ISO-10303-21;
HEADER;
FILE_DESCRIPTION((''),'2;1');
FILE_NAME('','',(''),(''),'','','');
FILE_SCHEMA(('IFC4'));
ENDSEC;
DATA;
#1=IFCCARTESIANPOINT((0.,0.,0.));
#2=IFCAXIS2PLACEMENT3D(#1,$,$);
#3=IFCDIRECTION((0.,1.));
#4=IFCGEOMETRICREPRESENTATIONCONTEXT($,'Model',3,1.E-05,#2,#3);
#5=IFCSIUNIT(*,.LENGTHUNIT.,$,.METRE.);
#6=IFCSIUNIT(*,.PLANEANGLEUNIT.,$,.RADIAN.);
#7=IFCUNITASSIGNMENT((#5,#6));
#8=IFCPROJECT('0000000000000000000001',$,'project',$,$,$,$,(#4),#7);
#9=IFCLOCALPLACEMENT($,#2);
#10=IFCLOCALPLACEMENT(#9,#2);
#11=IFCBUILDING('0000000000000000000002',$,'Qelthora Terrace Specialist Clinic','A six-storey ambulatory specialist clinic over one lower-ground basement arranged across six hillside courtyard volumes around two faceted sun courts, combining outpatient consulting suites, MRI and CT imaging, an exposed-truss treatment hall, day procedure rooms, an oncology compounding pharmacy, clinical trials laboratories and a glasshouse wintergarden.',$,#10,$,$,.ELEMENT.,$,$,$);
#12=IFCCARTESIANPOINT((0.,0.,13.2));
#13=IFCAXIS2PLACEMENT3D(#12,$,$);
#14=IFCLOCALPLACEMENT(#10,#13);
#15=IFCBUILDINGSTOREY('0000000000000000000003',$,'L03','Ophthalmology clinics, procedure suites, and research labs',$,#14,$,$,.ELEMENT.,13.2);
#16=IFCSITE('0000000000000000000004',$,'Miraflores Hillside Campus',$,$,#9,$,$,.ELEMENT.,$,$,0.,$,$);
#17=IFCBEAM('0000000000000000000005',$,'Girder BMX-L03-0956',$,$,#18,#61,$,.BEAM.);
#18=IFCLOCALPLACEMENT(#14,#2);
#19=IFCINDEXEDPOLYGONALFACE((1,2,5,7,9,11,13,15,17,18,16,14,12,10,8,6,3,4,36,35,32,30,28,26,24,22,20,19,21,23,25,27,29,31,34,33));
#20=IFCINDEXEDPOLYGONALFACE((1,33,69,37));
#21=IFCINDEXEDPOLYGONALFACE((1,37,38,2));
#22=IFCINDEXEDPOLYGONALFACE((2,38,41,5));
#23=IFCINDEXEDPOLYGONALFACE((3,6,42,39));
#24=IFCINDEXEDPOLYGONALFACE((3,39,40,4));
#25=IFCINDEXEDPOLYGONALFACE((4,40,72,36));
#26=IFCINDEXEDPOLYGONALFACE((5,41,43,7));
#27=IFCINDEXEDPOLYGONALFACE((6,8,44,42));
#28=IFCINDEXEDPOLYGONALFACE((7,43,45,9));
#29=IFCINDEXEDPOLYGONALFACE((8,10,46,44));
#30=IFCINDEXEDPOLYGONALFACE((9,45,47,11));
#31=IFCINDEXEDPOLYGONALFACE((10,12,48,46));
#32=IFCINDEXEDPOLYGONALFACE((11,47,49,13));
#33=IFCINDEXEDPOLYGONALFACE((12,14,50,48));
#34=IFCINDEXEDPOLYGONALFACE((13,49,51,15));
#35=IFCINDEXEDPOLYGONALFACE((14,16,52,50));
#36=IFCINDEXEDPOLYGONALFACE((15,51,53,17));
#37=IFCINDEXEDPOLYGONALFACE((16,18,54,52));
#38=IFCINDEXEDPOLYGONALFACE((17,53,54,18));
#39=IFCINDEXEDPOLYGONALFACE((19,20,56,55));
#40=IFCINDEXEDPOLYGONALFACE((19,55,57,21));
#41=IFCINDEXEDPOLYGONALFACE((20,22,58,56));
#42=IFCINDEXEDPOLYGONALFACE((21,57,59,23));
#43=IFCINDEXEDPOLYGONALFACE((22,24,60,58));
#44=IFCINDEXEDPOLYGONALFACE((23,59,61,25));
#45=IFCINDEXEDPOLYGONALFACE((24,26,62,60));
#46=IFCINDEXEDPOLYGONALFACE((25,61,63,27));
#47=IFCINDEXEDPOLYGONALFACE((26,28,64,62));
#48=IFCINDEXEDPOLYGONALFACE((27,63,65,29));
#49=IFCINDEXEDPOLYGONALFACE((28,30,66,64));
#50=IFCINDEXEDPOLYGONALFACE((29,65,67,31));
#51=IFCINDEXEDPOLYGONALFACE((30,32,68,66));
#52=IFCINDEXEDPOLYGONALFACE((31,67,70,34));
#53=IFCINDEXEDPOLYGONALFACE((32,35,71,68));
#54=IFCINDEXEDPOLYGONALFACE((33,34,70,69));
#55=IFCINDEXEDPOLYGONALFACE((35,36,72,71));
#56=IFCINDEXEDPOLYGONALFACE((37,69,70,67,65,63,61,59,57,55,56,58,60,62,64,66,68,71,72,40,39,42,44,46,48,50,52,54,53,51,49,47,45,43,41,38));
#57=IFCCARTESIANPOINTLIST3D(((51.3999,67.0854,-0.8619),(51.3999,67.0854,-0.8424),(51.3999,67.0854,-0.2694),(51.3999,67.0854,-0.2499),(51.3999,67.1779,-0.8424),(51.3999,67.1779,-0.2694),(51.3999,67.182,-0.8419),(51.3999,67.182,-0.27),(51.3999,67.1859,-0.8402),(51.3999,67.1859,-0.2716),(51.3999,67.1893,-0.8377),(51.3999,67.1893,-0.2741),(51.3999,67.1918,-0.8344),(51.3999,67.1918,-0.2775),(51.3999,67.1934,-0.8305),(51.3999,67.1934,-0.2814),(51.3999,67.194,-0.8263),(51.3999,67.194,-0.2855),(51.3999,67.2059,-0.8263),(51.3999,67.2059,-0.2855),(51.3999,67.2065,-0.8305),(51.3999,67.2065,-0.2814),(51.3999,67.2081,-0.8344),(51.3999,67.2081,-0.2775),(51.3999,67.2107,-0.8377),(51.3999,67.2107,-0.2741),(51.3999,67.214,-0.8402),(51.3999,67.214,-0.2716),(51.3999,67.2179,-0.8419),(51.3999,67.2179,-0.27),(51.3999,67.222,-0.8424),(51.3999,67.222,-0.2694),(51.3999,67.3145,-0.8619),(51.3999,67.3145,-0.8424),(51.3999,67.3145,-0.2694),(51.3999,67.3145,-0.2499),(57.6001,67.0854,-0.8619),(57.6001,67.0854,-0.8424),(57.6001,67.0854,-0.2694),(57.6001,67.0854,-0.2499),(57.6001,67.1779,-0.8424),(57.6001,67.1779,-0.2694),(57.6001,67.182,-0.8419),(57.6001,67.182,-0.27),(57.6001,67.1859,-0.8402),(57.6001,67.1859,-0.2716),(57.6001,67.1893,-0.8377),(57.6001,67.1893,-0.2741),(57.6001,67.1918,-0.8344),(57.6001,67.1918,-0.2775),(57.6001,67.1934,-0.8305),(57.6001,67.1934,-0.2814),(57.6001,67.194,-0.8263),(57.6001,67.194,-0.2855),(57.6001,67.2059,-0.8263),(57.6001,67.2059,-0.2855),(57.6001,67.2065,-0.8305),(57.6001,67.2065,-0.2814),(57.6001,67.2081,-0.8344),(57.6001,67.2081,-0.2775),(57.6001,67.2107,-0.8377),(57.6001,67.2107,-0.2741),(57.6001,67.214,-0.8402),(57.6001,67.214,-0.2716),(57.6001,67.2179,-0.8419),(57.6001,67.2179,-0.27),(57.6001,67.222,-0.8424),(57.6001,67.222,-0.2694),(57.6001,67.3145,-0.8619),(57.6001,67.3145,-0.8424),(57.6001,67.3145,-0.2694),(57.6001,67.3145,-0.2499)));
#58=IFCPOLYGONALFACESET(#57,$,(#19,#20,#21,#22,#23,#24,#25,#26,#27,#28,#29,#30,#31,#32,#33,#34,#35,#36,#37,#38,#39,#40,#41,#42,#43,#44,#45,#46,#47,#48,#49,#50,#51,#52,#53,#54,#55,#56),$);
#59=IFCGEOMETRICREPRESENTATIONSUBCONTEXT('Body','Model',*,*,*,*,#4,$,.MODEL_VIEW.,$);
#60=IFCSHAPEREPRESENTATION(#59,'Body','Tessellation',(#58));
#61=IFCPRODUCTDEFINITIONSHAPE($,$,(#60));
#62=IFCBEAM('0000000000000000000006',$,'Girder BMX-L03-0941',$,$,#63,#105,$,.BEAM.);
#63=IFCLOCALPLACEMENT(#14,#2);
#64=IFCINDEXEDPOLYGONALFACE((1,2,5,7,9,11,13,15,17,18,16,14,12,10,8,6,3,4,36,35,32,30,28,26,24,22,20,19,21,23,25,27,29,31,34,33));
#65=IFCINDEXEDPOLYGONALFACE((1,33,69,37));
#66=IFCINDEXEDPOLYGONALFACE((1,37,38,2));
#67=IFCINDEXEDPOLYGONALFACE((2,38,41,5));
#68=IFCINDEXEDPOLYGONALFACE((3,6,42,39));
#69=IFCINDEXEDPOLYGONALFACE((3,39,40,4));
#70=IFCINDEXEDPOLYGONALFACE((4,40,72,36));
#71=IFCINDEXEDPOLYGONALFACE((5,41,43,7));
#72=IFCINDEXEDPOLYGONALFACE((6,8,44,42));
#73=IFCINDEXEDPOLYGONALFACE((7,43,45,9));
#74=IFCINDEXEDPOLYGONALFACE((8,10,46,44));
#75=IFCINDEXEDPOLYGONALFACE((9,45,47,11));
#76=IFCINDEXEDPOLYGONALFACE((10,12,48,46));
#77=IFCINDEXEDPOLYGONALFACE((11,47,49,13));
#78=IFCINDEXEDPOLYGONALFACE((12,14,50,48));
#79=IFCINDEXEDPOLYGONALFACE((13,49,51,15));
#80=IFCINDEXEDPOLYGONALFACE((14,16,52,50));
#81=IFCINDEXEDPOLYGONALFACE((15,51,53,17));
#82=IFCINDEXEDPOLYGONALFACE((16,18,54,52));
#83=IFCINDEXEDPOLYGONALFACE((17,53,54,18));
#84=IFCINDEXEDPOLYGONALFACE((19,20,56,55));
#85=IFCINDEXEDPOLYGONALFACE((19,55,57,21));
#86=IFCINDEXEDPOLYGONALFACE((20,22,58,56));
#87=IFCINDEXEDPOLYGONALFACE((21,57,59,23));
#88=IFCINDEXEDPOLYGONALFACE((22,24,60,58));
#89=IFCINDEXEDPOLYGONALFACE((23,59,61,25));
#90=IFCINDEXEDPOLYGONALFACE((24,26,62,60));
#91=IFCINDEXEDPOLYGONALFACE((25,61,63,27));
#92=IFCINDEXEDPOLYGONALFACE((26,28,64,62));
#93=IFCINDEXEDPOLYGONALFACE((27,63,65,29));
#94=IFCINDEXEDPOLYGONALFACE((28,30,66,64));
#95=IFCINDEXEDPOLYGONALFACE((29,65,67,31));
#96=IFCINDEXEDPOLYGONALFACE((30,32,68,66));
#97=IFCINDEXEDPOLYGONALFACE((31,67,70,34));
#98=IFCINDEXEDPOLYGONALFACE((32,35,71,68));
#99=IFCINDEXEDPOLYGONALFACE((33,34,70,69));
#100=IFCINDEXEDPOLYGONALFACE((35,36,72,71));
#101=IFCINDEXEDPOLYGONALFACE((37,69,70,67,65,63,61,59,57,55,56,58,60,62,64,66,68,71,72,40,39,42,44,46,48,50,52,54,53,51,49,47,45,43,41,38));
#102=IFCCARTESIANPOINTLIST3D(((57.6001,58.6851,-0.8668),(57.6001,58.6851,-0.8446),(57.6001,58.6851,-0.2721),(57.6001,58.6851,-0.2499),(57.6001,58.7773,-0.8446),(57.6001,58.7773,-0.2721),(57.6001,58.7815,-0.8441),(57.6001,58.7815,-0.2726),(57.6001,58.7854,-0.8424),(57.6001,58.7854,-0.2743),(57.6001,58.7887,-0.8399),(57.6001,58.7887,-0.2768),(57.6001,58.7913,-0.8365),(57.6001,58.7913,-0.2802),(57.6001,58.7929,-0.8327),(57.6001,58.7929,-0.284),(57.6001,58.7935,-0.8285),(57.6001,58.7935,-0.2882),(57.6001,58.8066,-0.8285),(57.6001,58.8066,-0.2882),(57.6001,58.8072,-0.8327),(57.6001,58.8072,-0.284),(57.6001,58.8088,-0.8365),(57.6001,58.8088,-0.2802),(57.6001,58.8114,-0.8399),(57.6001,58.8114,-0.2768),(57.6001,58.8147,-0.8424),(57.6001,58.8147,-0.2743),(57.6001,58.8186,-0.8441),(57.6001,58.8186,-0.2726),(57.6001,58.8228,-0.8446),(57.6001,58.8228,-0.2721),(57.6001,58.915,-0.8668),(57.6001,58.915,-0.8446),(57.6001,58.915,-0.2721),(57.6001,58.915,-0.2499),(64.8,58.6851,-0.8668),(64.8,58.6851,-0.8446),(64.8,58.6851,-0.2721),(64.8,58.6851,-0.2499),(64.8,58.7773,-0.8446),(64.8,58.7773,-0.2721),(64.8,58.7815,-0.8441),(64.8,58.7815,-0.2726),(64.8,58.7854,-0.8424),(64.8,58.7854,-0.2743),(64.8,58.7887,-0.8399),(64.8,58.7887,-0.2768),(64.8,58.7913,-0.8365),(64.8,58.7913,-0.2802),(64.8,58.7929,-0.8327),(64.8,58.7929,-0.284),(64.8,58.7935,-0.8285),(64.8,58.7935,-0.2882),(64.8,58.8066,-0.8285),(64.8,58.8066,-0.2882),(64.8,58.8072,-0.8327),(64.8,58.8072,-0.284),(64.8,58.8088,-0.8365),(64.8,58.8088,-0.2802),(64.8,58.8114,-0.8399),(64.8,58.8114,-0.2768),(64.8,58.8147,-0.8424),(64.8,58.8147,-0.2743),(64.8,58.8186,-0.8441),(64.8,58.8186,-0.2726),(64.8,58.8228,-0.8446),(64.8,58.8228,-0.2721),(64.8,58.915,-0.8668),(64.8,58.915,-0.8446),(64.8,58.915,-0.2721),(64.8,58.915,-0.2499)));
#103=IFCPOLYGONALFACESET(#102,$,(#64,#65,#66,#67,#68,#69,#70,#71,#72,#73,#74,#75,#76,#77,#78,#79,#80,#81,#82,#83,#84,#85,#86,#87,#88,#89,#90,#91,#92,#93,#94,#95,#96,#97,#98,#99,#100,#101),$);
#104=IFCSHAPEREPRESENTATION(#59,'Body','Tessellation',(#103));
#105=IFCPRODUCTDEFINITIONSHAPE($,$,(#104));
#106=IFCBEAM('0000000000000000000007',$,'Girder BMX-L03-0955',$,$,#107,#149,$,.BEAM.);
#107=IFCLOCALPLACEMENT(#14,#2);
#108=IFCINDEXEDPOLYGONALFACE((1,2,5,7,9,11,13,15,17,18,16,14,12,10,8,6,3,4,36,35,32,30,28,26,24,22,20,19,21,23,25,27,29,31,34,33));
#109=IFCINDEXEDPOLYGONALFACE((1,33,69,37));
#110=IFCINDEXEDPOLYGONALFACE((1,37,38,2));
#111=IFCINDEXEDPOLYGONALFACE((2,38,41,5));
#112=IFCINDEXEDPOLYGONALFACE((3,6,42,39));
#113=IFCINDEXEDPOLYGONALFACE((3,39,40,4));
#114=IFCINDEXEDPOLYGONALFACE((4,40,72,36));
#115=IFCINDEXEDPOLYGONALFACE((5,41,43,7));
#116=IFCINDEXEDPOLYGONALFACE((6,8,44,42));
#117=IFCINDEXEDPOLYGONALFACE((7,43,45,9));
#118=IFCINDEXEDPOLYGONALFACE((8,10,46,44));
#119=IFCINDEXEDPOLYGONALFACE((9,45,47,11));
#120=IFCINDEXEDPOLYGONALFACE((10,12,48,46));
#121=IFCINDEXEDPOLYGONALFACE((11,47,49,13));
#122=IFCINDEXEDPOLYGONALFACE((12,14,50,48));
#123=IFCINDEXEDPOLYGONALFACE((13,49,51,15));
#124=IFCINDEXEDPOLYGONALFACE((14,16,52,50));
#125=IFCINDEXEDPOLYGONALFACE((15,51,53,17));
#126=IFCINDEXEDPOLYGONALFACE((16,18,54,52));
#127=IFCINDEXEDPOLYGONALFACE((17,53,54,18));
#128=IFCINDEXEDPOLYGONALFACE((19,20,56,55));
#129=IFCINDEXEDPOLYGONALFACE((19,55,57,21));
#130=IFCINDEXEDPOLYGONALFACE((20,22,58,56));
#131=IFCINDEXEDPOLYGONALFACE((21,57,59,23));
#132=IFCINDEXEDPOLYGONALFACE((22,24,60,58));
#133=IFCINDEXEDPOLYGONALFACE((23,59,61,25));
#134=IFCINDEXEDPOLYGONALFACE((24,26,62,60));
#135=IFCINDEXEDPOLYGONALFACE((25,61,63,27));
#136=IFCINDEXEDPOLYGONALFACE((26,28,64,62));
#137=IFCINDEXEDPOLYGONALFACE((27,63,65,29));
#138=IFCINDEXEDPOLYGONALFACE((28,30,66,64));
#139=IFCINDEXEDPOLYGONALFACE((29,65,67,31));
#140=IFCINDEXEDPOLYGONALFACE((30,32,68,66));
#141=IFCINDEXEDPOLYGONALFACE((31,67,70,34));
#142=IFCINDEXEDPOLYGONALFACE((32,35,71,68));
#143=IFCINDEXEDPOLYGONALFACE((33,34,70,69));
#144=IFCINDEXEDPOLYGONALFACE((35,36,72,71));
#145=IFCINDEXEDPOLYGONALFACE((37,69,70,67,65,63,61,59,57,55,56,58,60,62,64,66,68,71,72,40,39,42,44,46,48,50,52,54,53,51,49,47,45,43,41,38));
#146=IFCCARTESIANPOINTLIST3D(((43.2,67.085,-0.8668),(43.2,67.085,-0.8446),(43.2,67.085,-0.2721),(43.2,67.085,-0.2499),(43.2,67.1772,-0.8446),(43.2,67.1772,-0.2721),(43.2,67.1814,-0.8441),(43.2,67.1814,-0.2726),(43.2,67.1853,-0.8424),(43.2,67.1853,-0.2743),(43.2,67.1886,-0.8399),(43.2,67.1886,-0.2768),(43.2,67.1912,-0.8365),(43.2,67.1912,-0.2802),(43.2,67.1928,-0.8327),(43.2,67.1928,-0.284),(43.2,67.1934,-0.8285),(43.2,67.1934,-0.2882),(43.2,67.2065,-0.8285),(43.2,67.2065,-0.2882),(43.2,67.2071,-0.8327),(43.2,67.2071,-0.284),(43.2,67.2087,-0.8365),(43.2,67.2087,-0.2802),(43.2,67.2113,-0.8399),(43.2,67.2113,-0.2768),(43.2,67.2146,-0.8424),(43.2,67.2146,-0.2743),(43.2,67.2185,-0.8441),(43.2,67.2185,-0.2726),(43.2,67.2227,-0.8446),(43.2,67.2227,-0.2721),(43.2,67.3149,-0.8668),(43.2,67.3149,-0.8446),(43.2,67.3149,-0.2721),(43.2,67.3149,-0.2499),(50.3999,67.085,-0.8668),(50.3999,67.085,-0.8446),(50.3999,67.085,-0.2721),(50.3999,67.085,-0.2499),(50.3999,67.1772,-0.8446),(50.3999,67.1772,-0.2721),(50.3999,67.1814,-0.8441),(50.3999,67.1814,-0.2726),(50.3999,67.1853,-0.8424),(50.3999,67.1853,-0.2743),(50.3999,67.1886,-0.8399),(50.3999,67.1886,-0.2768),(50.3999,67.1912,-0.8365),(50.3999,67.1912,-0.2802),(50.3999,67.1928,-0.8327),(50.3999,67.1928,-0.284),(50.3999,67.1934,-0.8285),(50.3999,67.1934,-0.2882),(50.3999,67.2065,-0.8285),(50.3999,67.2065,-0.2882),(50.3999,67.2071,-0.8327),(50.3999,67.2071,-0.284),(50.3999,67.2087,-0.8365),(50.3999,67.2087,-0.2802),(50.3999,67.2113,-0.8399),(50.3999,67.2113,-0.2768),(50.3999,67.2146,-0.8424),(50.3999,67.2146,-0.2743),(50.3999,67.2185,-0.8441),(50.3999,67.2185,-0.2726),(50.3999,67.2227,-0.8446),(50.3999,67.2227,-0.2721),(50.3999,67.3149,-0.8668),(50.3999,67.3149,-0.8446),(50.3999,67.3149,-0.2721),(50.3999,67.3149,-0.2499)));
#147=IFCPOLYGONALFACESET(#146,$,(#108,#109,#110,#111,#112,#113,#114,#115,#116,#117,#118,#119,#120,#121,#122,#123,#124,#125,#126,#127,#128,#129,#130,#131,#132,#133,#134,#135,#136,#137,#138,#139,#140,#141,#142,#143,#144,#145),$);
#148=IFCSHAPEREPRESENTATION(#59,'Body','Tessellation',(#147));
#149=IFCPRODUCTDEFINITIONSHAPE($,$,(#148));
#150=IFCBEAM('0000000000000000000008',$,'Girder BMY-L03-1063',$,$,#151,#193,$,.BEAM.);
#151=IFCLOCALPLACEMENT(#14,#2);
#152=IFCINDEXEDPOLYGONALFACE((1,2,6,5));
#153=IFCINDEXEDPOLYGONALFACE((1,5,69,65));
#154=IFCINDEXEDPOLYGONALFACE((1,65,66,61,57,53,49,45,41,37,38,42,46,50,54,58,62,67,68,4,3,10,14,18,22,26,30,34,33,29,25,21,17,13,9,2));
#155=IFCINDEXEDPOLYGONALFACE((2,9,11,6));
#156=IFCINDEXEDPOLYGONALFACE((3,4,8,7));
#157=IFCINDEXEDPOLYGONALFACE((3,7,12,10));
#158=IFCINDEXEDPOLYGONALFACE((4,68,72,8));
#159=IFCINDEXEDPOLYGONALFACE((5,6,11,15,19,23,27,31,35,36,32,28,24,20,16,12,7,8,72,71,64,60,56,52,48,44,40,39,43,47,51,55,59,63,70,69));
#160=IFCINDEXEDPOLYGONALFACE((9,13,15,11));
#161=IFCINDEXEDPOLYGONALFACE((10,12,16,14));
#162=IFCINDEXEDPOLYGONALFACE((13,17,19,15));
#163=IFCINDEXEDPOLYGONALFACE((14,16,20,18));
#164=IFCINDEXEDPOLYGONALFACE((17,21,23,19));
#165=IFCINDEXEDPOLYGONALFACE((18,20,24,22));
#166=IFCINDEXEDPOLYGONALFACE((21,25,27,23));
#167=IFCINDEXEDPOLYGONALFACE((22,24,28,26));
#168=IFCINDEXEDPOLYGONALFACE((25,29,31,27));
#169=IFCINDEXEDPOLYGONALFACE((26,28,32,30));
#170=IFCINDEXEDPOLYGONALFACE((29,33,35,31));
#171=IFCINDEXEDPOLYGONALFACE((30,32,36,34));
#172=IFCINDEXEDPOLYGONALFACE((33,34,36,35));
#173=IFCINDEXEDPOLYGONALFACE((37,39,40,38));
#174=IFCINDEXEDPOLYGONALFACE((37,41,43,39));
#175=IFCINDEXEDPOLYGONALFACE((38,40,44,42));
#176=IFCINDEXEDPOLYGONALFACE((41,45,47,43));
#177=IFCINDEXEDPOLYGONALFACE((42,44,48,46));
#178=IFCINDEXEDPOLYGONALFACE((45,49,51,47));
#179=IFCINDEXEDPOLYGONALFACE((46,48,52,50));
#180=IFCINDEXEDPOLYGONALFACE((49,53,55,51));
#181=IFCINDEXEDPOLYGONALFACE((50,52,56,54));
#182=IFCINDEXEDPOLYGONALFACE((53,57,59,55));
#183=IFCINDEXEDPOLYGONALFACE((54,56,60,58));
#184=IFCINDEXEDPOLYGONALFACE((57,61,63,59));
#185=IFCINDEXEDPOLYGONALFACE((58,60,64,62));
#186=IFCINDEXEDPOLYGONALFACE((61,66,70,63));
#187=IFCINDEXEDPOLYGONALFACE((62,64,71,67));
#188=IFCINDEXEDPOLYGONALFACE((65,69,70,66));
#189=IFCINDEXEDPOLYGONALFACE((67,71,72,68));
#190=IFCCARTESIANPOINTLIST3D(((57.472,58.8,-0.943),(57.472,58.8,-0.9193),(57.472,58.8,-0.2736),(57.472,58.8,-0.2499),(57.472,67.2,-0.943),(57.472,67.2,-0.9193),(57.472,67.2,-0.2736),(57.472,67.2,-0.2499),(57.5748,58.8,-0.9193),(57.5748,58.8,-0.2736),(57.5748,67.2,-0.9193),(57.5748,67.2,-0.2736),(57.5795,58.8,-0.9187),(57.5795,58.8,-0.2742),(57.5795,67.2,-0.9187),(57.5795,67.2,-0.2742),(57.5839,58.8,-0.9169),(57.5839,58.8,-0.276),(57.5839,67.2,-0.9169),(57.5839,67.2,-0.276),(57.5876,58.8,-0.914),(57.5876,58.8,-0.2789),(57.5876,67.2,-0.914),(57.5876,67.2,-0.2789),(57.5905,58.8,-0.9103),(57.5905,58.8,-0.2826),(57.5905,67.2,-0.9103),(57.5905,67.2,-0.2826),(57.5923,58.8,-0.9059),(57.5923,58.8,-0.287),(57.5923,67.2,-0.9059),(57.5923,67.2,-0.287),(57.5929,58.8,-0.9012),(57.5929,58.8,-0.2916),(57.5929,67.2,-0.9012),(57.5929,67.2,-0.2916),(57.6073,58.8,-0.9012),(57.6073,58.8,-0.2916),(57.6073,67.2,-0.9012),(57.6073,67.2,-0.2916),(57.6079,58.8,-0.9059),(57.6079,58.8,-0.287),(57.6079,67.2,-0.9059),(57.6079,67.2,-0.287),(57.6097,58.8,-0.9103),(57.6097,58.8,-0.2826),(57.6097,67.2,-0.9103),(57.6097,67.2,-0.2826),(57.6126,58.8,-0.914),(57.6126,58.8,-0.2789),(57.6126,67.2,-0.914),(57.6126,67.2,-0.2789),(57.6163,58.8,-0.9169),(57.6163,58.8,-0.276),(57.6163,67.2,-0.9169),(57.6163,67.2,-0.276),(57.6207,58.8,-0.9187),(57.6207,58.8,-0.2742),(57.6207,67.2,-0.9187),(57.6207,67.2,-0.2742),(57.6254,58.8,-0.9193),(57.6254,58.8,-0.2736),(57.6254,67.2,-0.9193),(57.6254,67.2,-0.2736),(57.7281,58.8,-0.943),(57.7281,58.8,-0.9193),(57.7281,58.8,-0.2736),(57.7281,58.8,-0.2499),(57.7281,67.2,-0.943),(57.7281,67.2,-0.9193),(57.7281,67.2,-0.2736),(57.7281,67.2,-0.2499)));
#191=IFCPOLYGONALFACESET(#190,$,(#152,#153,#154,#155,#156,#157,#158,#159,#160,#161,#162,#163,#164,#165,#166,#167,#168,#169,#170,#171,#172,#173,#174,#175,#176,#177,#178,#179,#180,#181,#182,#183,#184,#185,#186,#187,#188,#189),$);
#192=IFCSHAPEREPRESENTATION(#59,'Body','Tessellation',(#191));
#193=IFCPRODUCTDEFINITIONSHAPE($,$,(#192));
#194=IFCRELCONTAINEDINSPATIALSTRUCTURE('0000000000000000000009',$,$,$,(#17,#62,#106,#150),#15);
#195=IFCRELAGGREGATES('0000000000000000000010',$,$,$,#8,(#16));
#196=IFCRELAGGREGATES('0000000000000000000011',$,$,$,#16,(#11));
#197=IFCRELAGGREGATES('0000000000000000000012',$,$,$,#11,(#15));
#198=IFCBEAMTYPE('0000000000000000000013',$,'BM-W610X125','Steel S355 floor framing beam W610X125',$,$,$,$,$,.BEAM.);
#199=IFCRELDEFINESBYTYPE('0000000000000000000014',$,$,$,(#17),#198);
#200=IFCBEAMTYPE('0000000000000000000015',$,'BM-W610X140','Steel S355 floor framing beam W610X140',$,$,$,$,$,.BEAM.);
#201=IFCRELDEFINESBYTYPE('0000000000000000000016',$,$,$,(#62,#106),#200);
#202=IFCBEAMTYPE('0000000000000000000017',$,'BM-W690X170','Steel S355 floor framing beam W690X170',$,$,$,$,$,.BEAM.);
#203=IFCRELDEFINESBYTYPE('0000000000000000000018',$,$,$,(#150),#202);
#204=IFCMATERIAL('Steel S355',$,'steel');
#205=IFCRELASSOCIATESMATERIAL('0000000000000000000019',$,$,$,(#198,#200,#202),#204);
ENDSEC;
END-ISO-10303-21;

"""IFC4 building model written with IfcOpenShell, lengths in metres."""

from ifc_helpers import new_model, si_unit, direction, frame, origin, origin_2d, place, context, subcontext, project, spatial, i_section, extrude, material, material_profile, profile_set, type_object, element, save


model = new_model("IFC4")

# Units and contexts
model_context = context("Model", 3, precision=1e-05, world=origin(), true_north=direction((0.0, 1.0)))
body_context = subcontext(model_context, "Body", "Model", "MODEL_VIEW")
ifc_project = project(units=[si_unit("LENGTHUNIT", "METRE"), si_unit("PLANEANGLEUNIT", "RADIAN")], contexts=[model_context])

# Site, building, storey
site_placement = place(None, origin())
site = spatial("IfcSite", under=ifc_project, at=site_placement, Name="Miraflores Hillside Campus", CompositionType="ELEMENT", RefElevation=0.0)
building_placement = place(site_placement, origin())
building = spatial("IfcBuilding", under=site, at=building_placement, Name="Qelthora Terrace Specialist Clinic", Description="A six-storey ambulatory specialist clinic over one lower-ground basement arranged across six hillside courtyard volumes around two faceted sun courts, combining outpatient consulting suites, MRI and CT imaging, an exposed-truss treatment hall, day procedure rooms, an oncology compounding pharmacy, clinical trials laboratories and a glasshouse wintergarden.", CompositionType="ELEMENT")
storey_placement = place(building_placement, frame((0.0, 0.0, 13.2)))
storey = spatial("IfcBuildingStorey", under=building, at=storey_placement, Name="L03", Description="Ophthalmology clinics, procedure suites, and research labs", CompositionType="ELEMENT", Elevation=13.2)

# Shared definitions
ifc_material_1 = material(Name="Steel S355", Category="steel")

# Beams
ifc_material_profile_1 = material_profile(ifc_material_1, i_section(OverallWidth=0.229, OverallDepth=0.6121, WebThickness=0.012, FlangeThickness=0.0195, FilletRadius=0.0161, at=origin_2d()), Name="W610X125")
ifc_profile_set_1 = profile_set([ifc_material_profile_1], Name="Steel S355")
beam_type_1 = type_object("IfcBeamType", Name="BM-W610X125", Description="Steel S355 floor framing beam W610X125", PredefinedType="BEAM", material=ifc_profile_set_1)
beam_1_placement = place(storey_placement, frame((51.3999, 67.2, -0.5559), z_axis=(1.0, 0.0, 0.0), x_axis=(0.0, 1.0, 0.0)))
element("IfcBeam", 1, at=beam_1_placement, inside=storey, type_object=beam_type_1, Name="Girder BMX-L03-0956", PredefinedType="BEAM", context=body_context, shape_type="SweptSolid", body=[
    extrude(i_section(OverallWidth=0.229, OverallDepth=0.6121, WebThickness=0.012, FlangeThickness=0.0195, FilletRadius=0.0161, at=origin_2d()), origin(), (0.0, 0.0, 1.0), 6.2002),
])
ifc_material_profile_2 = material_profile(ifc_material_1, i_section(OverallWidth=0.23, OverallDepth=0.6169, WebThickness=0.0132, FlangeThickness=0.0222, FilletRadius=0.0161, at=origin_2d()), Name="W610X140")
ifc_profile_set_2 = profile_set([ifc_material_profile_2], Name="Steel S355")
beam_type_2 = type_object("IfcBeamType", Name="BM-W610X140", Description="Steel S355 floor framing beam W610X140", PredefinedType="BEAM", material=ifc_profile_set_2)
for number, where, z_axis, x_axis, name in (
    (2, (57.6001, 58.8, -0.5583), (1.0, 0.0, 0.0), (0.0, 1.0, 0.0), "Girder BMX-L03-0941"),
    (3, (43.2, 67.2, -0.5583), (1.0, 0.0, 0.0), (0.0, 1.0, 0.0), "Girder BMX-L03-0955"),
):
    element("IfcBeam", number, at=place(storey_placement, frame(where, z_axis=z_axis, x_axis=x_axis)), inside=storey, type_object=beam_type_2, Name=name, PredefinedType="BEAM", context=body_context, shape_type="SweptSolid", body=[
        extrude(i_section(OverallWidth=0.23, OverallDepth=0.6169, WebThickness=0.0132, FlangeThickness=0.0222, FilletRadius=0.0161, at=origin_2d()), origin(), (0.0, 0.0, 1.0), 7.2),
    ])
ifc_material_profile_3 = material_profile(ifc_material_1, i_section(OverallWidth=0.2561, OverallDepth=0.6931, WebThickness=0.0144, FlangeThickness=0.0237, FilletRadius=0.0181, at=origin_2d()), Name="W690X170")
ifc_profile_set_3 = profile_set([ifc_material_profile_3], Name="Steel S355")
beam_type_3 = type_object("IfcBeamType", Name="BM-W690X170", Description="Steel S355 floor framing beam W690X170", PredefinedType="BEAM", material=ifc_profile_set_3)
beam_2_placement = place(storey_placement, frame((57.6001, 58.8, -0.5964), z_axis=(0.0, 1.0, 0.0), x_axis=(-1.0, 0.0, 0.0)))
element("IfcBeam", 4, at=beam_2_placement, inside=storey, type_object=beam_type_3, Name="Girder BMY-L03-1063", PredefinedType="BEAM", context=body_context, shape_type="SweptSolid", body=[
    extrude(i_section(OverallWidth=0.2561, OverallDepth=0.6931, WebThickness=0.0144, FlangeThickness=0.0237, FilletRadius=0.0181, at=origin_2d()), origin(), (0.0, 0.0, 1.0), 8.3999),
])

save(model, "model.ifc")
